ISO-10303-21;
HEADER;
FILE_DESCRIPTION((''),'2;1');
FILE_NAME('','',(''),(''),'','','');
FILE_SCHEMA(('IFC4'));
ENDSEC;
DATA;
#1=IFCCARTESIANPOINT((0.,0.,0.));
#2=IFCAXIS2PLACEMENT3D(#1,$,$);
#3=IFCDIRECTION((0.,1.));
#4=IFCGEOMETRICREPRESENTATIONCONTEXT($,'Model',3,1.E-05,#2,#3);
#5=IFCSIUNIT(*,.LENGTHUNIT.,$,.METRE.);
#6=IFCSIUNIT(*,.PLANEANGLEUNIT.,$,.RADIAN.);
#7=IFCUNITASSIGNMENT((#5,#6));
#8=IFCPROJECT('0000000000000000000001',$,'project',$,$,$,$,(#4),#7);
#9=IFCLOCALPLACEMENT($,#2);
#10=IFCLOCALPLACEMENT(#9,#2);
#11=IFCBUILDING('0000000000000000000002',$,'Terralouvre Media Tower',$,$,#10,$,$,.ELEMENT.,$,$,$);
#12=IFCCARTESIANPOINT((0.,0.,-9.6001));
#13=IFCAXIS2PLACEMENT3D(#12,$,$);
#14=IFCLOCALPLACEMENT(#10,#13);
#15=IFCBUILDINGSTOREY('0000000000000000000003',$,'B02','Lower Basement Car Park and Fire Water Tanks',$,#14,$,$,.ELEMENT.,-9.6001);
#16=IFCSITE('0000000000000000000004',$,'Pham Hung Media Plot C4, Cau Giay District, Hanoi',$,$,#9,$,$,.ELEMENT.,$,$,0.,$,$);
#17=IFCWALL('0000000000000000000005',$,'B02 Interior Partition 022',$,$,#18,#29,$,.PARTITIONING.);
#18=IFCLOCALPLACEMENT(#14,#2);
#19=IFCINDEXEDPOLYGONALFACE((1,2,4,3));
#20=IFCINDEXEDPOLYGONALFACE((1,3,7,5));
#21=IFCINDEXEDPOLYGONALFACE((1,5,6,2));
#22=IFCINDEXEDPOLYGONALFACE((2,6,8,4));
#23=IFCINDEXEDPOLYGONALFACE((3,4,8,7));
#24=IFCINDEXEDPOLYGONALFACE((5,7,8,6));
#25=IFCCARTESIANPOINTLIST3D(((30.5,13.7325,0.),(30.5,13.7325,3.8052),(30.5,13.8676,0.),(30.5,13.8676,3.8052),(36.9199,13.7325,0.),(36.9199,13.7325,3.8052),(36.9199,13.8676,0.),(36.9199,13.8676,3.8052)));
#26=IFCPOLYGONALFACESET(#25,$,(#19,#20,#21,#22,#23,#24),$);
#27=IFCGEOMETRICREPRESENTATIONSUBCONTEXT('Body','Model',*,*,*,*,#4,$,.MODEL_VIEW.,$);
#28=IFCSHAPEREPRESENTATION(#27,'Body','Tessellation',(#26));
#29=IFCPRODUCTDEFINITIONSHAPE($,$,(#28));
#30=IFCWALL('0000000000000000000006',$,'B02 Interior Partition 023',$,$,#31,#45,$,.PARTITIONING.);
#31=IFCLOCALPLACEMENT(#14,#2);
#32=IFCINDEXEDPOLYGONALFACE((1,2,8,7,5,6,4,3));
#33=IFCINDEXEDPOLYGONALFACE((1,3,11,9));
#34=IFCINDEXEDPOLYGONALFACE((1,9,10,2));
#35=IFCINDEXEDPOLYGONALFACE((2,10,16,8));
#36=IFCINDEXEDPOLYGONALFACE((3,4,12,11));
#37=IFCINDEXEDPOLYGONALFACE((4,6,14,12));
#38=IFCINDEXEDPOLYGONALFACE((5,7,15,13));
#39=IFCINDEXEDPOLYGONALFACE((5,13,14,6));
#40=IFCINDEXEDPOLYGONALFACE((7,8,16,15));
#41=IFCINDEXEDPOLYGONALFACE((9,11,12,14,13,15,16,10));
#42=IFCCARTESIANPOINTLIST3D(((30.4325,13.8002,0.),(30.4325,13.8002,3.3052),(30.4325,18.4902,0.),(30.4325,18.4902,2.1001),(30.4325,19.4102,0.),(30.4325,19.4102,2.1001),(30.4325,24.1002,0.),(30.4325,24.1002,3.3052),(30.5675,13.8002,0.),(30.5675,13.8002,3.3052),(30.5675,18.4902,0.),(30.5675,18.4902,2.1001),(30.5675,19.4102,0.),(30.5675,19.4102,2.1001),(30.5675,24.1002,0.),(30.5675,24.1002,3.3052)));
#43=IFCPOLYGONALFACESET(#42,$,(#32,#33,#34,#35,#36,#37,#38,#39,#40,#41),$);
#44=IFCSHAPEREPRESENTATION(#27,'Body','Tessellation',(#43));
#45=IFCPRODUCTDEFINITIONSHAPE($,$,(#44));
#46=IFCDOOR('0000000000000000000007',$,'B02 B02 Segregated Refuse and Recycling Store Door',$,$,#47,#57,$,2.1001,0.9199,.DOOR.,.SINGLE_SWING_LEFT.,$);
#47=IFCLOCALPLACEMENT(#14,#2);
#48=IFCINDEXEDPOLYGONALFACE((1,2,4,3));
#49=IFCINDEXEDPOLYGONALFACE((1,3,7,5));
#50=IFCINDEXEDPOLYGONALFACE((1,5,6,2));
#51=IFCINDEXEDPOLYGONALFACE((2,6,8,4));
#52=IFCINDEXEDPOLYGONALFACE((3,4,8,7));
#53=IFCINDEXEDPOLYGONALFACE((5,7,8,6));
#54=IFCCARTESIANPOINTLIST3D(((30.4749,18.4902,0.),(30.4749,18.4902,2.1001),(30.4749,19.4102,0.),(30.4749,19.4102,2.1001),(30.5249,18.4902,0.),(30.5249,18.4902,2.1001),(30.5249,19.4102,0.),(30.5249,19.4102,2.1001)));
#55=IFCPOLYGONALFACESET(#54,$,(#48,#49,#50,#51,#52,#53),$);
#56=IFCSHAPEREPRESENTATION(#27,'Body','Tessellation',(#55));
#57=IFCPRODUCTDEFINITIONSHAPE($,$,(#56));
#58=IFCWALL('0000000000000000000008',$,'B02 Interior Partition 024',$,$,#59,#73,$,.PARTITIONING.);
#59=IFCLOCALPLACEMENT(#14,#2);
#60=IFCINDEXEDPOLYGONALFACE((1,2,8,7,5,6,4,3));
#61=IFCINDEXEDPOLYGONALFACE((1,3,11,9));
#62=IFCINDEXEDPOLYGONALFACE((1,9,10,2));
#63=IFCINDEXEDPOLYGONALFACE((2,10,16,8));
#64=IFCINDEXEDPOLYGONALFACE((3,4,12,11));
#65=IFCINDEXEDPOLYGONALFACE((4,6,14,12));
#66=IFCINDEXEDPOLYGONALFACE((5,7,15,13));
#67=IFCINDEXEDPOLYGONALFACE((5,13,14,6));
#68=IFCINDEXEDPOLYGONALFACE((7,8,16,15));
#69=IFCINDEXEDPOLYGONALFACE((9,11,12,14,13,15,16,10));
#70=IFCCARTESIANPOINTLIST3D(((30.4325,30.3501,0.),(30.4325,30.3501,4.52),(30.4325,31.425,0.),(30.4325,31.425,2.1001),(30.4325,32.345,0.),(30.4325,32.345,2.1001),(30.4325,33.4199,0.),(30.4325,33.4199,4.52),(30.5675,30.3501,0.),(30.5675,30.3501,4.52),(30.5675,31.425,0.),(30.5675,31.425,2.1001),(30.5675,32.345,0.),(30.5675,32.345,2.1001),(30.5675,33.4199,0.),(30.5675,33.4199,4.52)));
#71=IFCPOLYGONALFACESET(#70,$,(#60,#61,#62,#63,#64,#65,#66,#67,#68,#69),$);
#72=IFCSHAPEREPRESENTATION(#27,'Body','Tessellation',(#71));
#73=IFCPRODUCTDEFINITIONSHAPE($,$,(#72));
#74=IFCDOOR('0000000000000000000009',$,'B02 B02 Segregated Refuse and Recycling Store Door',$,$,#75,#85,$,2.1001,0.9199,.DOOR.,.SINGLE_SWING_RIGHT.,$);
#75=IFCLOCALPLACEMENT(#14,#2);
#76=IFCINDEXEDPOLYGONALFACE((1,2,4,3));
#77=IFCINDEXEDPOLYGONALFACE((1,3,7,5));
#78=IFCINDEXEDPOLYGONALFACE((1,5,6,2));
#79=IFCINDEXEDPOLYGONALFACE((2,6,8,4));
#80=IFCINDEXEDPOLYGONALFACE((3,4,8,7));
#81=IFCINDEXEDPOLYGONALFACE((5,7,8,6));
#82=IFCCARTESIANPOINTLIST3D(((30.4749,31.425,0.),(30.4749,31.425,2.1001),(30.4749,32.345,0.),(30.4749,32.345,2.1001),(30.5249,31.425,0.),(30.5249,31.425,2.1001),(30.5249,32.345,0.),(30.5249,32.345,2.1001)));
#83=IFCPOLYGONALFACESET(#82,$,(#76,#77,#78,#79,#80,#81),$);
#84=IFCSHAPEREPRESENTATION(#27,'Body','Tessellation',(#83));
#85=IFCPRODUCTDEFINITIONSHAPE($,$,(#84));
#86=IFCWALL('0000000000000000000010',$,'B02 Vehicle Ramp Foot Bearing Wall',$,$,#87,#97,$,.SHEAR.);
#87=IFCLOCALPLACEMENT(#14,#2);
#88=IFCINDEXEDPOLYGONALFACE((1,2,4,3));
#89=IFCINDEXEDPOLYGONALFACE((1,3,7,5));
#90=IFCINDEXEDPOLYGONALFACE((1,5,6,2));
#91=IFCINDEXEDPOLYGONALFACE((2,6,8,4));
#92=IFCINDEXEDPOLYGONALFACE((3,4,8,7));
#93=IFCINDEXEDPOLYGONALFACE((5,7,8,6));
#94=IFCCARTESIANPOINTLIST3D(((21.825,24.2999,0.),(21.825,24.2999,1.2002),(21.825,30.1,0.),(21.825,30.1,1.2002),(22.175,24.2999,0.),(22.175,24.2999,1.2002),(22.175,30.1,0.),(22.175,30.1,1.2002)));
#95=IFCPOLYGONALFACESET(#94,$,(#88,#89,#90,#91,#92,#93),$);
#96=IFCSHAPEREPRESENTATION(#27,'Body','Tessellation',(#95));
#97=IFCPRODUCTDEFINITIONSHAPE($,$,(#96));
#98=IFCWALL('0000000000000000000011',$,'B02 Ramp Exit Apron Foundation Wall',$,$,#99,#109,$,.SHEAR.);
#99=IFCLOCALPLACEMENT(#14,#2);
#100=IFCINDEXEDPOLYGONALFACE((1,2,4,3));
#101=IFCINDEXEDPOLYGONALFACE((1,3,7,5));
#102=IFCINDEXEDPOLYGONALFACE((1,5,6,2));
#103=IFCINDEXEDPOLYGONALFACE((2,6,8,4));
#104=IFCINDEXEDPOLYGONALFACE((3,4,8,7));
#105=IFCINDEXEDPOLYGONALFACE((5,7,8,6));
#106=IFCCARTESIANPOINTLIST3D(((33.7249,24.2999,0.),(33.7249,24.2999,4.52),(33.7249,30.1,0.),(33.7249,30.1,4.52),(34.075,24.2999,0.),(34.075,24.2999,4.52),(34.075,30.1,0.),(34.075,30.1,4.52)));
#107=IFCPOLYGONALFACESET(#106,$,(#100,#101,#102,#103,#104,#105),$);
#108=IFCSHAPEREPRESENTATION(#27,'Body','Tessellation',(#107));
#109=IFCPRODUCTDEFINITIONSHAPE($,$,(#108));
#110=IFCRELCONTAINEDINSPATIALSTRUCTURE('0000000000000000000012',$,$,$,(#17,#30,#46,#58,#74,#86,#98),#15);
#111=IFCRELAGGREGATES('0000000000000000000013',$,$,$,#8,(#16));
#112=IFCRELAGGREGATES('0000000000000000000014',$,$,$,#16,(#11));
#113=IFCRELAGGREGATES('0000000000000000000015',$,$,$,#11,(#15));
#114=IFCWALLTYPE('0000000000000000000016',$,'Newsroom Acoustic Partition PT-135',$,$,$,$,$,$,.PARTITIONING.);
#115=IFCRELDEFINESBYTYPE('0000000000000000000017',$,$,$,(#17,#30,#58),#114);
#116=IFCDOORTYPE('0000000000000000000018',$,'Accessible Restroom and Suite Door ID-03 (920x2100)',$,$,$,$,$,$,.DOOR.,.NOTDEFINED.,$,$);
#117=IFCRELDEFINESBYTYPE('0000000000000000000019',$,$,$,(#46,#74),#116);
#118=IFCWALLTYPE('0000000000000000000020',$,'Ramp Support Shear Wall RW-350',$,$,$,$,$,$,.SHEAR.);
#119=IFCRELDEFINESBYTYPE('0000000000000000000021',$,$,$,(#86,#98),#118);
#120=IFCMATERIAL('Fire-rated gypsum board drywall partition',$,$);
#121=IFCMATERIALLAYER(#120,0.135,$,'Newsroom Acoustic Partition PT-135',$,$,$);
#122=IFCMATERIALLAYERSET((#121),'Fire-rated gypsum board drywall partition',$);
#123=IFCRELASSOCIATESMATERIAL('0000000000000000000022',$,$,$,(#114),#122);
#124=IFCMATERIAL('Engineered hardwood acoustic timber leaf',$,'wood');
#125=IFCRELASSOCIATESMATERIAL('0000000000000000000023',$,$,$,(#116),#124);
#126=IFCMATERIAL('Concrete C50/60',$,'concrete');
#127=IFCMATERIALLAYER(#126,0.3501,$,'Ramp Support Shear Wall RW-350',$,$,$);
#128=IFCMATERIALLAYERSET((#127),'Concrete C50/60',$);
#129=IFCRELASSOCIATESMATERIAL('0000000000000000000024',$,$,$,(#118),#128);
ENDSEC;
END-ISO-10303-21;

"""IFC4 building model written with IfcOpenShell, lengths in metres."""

from ifc_helpers import new_model, si_unit, direction, frame, frame_2d, origin, place, context, subcontext, project, spatial, rectangle, extrude, material, layer, layer_set, type_object, element, fill, save


model = new_model("IFC4")

# Units and contexts
model_context = context("Model", 3, precision=1e-05, world=origin(), true_north=direction((0.0, 1.0)))
body_context = subcontext(model_context, "Body", "Model", "MODEL_VIEW")
ifc_project = project(units=[si_unit("LENGTHUNIT", "METRE"), si_unit("PLANEANGLEUNIT", "RADIAN")], contexts=[model_context])

# Site, building, storey
site_placement = place(None, origin())
site = spatial("IfcSite", under=ifc_project, at=site_placement, Name="Pham Hung Media Plot C4, Cau Giay District, Hanoi", CompositionType="ELEMENT", RefElevation=0.0)
building_placement = place(site_placement, origin())
building = spatial("IfcBuilding", under=site, at=building_placement, Name="Terralouvre Media Tower", CompositionType="ELEMENT")
storey_placement = place(building_placement, frame((0.0, 0.0, -9.6001)))
storey = spatial("IfcBuildingStorey", under=building, at=storey_placement, Name="B02", Description="Lower Basement Car Park and Fire Water Tanks", CompositionType="ELEMENT", Elevation=-9.6001)

# Shared definitions
ifc_material_1 = material(Name="Fire-rated gypsum board drywall partition")
ifc_layer_1 = layer(ifc_material_1, 0.135, Name="Newsroom Acoustic Partition PT-135")
ifc_layer_set_1 = layer_set([ifc_layer_1], Name="Fire-rated gypsum board drywall partition")
wall_type_1 = type_object("IfcWallType", Name="Newsroom Acoustic Partition PT-135", PredefinedType="PARTITIONING", material=ifc_layer_set_1)

# Wall
wall_1_placement = place(storey_placement, frame((36.9199, 13.8, 0.0), z_axis=(0.0, 0.0, 1.0), x_axis=(-1.0, 0.0, 0.0)))
element("IfcWall", 1, at=wall_1_placement, inside=storey, type_object=wall_type_1, Name="B02 Interior Partition 022", PredefinedType="PARTITIONING", context=body_context, shape_type="SweptSolid", body=[
    extrude(rectangle(XDim=6.4199, YDim=0.135, at=frame_2d((3.21, 0.0))), origin(), (0.0, 0.0, 1.0), 3.8052),
])

# Walls, openings, doors
wall_2_placement = place(storey_placement, frame((30.5, 24.1001, 0.0), z_axis=(0.0, 0.0, 1.0), x_axis=(0.0, -1.0, 0.0)))
wall_2 = element("IfcWall", 2, at=wall_2_placement, inside=storey, type_object=wall_type_1, Name="B02 Interior Partition 023", PredefinedType="PARTITIONING", context=body_context, shape_type="SweptSolid", body=[
    extrude(rectangle(XDim=10.3, YDim=0.135, at=frame_2d((5.1499, 0.0))), origin(), (0.0, 0.0, 1.0), 3.3052),
])
opening_1_placement = place(wall_2_placement, frame((4.6899, 0.0, 0.0)))
opening_1 = element("IfcOpeningElement", 3, at=opening_1_placement, cuts=wall_2, PredefinedType="OPENING", context=body_context, shape_type="SweptSolid", body=[
    extrude(rectangle(XDim=0.9199, YDim=2.1001, at=frame_2d((0.46, 1.05))), frame((0.0, 0.0774, 0.0), z_axis=(0.0, -1.0, 0.0), x_axis=(1.0, 0.0, 0.0)), (0.0, 0.0, 1.0), 0.155),
])
ifc_material_2 = material(Name="Engineered hardwood acoustic timber leaf", Category="wood")
door_type_1 = type_object("IfcDoorType", Name="Accessible Restroom and Suite Door ID-03 (920x2100)", OperationType="NOTDEFINED", PredefinedType="DOOR", material=ifc_material_2)
door_1_placement = place(opening_1_placement, origin())
door_1 = element("IfcDoor", 4, at=door_1_placement, inside=storey, type_object=door_type_1, Name="B02 B02 Segregated Refuse and Recycling Store Door", OperationType="SINGLE_SWING_LEFT", OverallHeight=2.1001, OverallWidth=0.9199, PredefinedType="DOOR", context=body_context, shape_type="SweptSolid", body=[
    extrude(rectangle(XDim=0.9199, YDim=2.1001, at=frame_2d((0.46, 1.05))), frame((0.0, 0.0249, 0.0), z_axis=(0.0, -1.0, 0.0), x_axis=(1.0, 0.0, 0.0)), (0.0, 0.0, 1.0), 0.05),
])
fill(opening_1, door_1)
wall_3_placement = place(storey_placement, frame((30.5, 33.4199, 0.0), z_axis=(0.0, 0.0, 1.0), x_axis=(0.0, -1.0, 0.0)))
wall_3 = element("IfcWall", 5, at=wall_3_placement, inside=storey, type_object=wall_type_1, Name="B02 Interior Partition 024", PredefinedType="PARTITIONING", context=body_context, shape_type="SweptSolid", body=[
    extrude(rectangle(XDim=3.0698, YDim=0.135, at=frame_2d((1.5349, 0.0))), origin(), (0.0, 0.0, 1.0), 4.52),
])
opening_2_placement = place(wall_3_placement, frame((1.075, 0.0, 0.0)))
opening_2 = element("IfcOpeningElement", 6, at=opening_2_placement, cuts=wall_3, PredefinedType="OPENING", context=body_context, shape_type="SweptSolid", body=[
    extrude(rectangle(XDim=0.9199, YDim=2.1001, at=frame_2d((0.46, 1.05))), frame((0.0, 0.0774, 0.0), z_axis=(0.0, -1.0, 0.0), x_axis=(1.0, 0.0, 0.0)), (0.0, 0.0, 1.0), 0.155),
])
door_2_placement = place(opening_2_placement, origin())
door_2 = element("IfcDoor", 7, at=door_2_placement, inside=storey, type_object=door_type_1, Name="B02 B02 Segregated Refuse and Recycling Store Door", OperationType="SINGLE_SWING_RIGHT", OverallHeight=2.1001, OverallWidth=0.9199, PredefinedType="DOOR", context=body_context, shape_type="SweptSolid", body=[
    extrude(rectangle(XDim=0.9199, YDim=2.1001, at=frame_2d((0.46, 1.05))), frame((0.0, 0.0249, 0.0), z_axis=(0.0, -1.0, 0.0), x_axis=(1.0, 0.0, 0.0)), (0.0, 0.0, 1.0), 0.05),
])
fill(opening_2, door_2)

# Walls
ifc_material_3 = material(Name="Concrete C50/60", Category="concrete")
ifc_layer_2 = layer(ifc_material_3, 0.3501, Name="Ramp Support Shear Wall RW-350")
ifc_layer_set_2 = layer_set([ifc_layer_2], Name="Concrete C50/60")
wall_type_2 = type_object("IfcWallType", Name="Ramp Support Shear Wall RW-350", PredefinedType="SHEAR", material=ifc_layer_set_2)
wall_4_placement = place(storey_placement, frame((22.0, 24.3, 0.0), z_axis=(0.0, 0.0, 1.0), x_axis=(0.0, 1.0, 0.0)))
element("IfcWall", 8, at=wall_4_placement, inside=storey, type_object=wall_type_2, Name="B02 Vehicle Ramp Foot Bearing Wall", PredefinedType="SHEAR", context=body_context, shape_type="SweptSolid", body=[
    extrude(rectangle(XDim=5.8, YDim=0.3501, at=frame_2d((2.8999, 0.0))), origin(), (0.0, 0.0, 1.0), 1.2002),
])
wall_5_placement = place(storey_placement, frame((33.8999, 24.3, 0.0), z_axis=(0.0, 0.0, 1.0), x_axis=(0.0, 1.0, 0.0)))
element("IfcWall", 9, at=wall_5_placement, inside=storey, type_object=wall_type_2, Name="B02 Ramp Exit Apron Foundation Wall", PredefinedType="SHEAR", context=body_context, shape_type="SweptSolid", body=[
    extrude(rectangle(XDim=5.8, YDim=0.3501, at=frame_2d((2.8999, 0.0))), origin(), (0.0, 0.0, 1.0), 4.52),
])

save(model, "model.ifc")
